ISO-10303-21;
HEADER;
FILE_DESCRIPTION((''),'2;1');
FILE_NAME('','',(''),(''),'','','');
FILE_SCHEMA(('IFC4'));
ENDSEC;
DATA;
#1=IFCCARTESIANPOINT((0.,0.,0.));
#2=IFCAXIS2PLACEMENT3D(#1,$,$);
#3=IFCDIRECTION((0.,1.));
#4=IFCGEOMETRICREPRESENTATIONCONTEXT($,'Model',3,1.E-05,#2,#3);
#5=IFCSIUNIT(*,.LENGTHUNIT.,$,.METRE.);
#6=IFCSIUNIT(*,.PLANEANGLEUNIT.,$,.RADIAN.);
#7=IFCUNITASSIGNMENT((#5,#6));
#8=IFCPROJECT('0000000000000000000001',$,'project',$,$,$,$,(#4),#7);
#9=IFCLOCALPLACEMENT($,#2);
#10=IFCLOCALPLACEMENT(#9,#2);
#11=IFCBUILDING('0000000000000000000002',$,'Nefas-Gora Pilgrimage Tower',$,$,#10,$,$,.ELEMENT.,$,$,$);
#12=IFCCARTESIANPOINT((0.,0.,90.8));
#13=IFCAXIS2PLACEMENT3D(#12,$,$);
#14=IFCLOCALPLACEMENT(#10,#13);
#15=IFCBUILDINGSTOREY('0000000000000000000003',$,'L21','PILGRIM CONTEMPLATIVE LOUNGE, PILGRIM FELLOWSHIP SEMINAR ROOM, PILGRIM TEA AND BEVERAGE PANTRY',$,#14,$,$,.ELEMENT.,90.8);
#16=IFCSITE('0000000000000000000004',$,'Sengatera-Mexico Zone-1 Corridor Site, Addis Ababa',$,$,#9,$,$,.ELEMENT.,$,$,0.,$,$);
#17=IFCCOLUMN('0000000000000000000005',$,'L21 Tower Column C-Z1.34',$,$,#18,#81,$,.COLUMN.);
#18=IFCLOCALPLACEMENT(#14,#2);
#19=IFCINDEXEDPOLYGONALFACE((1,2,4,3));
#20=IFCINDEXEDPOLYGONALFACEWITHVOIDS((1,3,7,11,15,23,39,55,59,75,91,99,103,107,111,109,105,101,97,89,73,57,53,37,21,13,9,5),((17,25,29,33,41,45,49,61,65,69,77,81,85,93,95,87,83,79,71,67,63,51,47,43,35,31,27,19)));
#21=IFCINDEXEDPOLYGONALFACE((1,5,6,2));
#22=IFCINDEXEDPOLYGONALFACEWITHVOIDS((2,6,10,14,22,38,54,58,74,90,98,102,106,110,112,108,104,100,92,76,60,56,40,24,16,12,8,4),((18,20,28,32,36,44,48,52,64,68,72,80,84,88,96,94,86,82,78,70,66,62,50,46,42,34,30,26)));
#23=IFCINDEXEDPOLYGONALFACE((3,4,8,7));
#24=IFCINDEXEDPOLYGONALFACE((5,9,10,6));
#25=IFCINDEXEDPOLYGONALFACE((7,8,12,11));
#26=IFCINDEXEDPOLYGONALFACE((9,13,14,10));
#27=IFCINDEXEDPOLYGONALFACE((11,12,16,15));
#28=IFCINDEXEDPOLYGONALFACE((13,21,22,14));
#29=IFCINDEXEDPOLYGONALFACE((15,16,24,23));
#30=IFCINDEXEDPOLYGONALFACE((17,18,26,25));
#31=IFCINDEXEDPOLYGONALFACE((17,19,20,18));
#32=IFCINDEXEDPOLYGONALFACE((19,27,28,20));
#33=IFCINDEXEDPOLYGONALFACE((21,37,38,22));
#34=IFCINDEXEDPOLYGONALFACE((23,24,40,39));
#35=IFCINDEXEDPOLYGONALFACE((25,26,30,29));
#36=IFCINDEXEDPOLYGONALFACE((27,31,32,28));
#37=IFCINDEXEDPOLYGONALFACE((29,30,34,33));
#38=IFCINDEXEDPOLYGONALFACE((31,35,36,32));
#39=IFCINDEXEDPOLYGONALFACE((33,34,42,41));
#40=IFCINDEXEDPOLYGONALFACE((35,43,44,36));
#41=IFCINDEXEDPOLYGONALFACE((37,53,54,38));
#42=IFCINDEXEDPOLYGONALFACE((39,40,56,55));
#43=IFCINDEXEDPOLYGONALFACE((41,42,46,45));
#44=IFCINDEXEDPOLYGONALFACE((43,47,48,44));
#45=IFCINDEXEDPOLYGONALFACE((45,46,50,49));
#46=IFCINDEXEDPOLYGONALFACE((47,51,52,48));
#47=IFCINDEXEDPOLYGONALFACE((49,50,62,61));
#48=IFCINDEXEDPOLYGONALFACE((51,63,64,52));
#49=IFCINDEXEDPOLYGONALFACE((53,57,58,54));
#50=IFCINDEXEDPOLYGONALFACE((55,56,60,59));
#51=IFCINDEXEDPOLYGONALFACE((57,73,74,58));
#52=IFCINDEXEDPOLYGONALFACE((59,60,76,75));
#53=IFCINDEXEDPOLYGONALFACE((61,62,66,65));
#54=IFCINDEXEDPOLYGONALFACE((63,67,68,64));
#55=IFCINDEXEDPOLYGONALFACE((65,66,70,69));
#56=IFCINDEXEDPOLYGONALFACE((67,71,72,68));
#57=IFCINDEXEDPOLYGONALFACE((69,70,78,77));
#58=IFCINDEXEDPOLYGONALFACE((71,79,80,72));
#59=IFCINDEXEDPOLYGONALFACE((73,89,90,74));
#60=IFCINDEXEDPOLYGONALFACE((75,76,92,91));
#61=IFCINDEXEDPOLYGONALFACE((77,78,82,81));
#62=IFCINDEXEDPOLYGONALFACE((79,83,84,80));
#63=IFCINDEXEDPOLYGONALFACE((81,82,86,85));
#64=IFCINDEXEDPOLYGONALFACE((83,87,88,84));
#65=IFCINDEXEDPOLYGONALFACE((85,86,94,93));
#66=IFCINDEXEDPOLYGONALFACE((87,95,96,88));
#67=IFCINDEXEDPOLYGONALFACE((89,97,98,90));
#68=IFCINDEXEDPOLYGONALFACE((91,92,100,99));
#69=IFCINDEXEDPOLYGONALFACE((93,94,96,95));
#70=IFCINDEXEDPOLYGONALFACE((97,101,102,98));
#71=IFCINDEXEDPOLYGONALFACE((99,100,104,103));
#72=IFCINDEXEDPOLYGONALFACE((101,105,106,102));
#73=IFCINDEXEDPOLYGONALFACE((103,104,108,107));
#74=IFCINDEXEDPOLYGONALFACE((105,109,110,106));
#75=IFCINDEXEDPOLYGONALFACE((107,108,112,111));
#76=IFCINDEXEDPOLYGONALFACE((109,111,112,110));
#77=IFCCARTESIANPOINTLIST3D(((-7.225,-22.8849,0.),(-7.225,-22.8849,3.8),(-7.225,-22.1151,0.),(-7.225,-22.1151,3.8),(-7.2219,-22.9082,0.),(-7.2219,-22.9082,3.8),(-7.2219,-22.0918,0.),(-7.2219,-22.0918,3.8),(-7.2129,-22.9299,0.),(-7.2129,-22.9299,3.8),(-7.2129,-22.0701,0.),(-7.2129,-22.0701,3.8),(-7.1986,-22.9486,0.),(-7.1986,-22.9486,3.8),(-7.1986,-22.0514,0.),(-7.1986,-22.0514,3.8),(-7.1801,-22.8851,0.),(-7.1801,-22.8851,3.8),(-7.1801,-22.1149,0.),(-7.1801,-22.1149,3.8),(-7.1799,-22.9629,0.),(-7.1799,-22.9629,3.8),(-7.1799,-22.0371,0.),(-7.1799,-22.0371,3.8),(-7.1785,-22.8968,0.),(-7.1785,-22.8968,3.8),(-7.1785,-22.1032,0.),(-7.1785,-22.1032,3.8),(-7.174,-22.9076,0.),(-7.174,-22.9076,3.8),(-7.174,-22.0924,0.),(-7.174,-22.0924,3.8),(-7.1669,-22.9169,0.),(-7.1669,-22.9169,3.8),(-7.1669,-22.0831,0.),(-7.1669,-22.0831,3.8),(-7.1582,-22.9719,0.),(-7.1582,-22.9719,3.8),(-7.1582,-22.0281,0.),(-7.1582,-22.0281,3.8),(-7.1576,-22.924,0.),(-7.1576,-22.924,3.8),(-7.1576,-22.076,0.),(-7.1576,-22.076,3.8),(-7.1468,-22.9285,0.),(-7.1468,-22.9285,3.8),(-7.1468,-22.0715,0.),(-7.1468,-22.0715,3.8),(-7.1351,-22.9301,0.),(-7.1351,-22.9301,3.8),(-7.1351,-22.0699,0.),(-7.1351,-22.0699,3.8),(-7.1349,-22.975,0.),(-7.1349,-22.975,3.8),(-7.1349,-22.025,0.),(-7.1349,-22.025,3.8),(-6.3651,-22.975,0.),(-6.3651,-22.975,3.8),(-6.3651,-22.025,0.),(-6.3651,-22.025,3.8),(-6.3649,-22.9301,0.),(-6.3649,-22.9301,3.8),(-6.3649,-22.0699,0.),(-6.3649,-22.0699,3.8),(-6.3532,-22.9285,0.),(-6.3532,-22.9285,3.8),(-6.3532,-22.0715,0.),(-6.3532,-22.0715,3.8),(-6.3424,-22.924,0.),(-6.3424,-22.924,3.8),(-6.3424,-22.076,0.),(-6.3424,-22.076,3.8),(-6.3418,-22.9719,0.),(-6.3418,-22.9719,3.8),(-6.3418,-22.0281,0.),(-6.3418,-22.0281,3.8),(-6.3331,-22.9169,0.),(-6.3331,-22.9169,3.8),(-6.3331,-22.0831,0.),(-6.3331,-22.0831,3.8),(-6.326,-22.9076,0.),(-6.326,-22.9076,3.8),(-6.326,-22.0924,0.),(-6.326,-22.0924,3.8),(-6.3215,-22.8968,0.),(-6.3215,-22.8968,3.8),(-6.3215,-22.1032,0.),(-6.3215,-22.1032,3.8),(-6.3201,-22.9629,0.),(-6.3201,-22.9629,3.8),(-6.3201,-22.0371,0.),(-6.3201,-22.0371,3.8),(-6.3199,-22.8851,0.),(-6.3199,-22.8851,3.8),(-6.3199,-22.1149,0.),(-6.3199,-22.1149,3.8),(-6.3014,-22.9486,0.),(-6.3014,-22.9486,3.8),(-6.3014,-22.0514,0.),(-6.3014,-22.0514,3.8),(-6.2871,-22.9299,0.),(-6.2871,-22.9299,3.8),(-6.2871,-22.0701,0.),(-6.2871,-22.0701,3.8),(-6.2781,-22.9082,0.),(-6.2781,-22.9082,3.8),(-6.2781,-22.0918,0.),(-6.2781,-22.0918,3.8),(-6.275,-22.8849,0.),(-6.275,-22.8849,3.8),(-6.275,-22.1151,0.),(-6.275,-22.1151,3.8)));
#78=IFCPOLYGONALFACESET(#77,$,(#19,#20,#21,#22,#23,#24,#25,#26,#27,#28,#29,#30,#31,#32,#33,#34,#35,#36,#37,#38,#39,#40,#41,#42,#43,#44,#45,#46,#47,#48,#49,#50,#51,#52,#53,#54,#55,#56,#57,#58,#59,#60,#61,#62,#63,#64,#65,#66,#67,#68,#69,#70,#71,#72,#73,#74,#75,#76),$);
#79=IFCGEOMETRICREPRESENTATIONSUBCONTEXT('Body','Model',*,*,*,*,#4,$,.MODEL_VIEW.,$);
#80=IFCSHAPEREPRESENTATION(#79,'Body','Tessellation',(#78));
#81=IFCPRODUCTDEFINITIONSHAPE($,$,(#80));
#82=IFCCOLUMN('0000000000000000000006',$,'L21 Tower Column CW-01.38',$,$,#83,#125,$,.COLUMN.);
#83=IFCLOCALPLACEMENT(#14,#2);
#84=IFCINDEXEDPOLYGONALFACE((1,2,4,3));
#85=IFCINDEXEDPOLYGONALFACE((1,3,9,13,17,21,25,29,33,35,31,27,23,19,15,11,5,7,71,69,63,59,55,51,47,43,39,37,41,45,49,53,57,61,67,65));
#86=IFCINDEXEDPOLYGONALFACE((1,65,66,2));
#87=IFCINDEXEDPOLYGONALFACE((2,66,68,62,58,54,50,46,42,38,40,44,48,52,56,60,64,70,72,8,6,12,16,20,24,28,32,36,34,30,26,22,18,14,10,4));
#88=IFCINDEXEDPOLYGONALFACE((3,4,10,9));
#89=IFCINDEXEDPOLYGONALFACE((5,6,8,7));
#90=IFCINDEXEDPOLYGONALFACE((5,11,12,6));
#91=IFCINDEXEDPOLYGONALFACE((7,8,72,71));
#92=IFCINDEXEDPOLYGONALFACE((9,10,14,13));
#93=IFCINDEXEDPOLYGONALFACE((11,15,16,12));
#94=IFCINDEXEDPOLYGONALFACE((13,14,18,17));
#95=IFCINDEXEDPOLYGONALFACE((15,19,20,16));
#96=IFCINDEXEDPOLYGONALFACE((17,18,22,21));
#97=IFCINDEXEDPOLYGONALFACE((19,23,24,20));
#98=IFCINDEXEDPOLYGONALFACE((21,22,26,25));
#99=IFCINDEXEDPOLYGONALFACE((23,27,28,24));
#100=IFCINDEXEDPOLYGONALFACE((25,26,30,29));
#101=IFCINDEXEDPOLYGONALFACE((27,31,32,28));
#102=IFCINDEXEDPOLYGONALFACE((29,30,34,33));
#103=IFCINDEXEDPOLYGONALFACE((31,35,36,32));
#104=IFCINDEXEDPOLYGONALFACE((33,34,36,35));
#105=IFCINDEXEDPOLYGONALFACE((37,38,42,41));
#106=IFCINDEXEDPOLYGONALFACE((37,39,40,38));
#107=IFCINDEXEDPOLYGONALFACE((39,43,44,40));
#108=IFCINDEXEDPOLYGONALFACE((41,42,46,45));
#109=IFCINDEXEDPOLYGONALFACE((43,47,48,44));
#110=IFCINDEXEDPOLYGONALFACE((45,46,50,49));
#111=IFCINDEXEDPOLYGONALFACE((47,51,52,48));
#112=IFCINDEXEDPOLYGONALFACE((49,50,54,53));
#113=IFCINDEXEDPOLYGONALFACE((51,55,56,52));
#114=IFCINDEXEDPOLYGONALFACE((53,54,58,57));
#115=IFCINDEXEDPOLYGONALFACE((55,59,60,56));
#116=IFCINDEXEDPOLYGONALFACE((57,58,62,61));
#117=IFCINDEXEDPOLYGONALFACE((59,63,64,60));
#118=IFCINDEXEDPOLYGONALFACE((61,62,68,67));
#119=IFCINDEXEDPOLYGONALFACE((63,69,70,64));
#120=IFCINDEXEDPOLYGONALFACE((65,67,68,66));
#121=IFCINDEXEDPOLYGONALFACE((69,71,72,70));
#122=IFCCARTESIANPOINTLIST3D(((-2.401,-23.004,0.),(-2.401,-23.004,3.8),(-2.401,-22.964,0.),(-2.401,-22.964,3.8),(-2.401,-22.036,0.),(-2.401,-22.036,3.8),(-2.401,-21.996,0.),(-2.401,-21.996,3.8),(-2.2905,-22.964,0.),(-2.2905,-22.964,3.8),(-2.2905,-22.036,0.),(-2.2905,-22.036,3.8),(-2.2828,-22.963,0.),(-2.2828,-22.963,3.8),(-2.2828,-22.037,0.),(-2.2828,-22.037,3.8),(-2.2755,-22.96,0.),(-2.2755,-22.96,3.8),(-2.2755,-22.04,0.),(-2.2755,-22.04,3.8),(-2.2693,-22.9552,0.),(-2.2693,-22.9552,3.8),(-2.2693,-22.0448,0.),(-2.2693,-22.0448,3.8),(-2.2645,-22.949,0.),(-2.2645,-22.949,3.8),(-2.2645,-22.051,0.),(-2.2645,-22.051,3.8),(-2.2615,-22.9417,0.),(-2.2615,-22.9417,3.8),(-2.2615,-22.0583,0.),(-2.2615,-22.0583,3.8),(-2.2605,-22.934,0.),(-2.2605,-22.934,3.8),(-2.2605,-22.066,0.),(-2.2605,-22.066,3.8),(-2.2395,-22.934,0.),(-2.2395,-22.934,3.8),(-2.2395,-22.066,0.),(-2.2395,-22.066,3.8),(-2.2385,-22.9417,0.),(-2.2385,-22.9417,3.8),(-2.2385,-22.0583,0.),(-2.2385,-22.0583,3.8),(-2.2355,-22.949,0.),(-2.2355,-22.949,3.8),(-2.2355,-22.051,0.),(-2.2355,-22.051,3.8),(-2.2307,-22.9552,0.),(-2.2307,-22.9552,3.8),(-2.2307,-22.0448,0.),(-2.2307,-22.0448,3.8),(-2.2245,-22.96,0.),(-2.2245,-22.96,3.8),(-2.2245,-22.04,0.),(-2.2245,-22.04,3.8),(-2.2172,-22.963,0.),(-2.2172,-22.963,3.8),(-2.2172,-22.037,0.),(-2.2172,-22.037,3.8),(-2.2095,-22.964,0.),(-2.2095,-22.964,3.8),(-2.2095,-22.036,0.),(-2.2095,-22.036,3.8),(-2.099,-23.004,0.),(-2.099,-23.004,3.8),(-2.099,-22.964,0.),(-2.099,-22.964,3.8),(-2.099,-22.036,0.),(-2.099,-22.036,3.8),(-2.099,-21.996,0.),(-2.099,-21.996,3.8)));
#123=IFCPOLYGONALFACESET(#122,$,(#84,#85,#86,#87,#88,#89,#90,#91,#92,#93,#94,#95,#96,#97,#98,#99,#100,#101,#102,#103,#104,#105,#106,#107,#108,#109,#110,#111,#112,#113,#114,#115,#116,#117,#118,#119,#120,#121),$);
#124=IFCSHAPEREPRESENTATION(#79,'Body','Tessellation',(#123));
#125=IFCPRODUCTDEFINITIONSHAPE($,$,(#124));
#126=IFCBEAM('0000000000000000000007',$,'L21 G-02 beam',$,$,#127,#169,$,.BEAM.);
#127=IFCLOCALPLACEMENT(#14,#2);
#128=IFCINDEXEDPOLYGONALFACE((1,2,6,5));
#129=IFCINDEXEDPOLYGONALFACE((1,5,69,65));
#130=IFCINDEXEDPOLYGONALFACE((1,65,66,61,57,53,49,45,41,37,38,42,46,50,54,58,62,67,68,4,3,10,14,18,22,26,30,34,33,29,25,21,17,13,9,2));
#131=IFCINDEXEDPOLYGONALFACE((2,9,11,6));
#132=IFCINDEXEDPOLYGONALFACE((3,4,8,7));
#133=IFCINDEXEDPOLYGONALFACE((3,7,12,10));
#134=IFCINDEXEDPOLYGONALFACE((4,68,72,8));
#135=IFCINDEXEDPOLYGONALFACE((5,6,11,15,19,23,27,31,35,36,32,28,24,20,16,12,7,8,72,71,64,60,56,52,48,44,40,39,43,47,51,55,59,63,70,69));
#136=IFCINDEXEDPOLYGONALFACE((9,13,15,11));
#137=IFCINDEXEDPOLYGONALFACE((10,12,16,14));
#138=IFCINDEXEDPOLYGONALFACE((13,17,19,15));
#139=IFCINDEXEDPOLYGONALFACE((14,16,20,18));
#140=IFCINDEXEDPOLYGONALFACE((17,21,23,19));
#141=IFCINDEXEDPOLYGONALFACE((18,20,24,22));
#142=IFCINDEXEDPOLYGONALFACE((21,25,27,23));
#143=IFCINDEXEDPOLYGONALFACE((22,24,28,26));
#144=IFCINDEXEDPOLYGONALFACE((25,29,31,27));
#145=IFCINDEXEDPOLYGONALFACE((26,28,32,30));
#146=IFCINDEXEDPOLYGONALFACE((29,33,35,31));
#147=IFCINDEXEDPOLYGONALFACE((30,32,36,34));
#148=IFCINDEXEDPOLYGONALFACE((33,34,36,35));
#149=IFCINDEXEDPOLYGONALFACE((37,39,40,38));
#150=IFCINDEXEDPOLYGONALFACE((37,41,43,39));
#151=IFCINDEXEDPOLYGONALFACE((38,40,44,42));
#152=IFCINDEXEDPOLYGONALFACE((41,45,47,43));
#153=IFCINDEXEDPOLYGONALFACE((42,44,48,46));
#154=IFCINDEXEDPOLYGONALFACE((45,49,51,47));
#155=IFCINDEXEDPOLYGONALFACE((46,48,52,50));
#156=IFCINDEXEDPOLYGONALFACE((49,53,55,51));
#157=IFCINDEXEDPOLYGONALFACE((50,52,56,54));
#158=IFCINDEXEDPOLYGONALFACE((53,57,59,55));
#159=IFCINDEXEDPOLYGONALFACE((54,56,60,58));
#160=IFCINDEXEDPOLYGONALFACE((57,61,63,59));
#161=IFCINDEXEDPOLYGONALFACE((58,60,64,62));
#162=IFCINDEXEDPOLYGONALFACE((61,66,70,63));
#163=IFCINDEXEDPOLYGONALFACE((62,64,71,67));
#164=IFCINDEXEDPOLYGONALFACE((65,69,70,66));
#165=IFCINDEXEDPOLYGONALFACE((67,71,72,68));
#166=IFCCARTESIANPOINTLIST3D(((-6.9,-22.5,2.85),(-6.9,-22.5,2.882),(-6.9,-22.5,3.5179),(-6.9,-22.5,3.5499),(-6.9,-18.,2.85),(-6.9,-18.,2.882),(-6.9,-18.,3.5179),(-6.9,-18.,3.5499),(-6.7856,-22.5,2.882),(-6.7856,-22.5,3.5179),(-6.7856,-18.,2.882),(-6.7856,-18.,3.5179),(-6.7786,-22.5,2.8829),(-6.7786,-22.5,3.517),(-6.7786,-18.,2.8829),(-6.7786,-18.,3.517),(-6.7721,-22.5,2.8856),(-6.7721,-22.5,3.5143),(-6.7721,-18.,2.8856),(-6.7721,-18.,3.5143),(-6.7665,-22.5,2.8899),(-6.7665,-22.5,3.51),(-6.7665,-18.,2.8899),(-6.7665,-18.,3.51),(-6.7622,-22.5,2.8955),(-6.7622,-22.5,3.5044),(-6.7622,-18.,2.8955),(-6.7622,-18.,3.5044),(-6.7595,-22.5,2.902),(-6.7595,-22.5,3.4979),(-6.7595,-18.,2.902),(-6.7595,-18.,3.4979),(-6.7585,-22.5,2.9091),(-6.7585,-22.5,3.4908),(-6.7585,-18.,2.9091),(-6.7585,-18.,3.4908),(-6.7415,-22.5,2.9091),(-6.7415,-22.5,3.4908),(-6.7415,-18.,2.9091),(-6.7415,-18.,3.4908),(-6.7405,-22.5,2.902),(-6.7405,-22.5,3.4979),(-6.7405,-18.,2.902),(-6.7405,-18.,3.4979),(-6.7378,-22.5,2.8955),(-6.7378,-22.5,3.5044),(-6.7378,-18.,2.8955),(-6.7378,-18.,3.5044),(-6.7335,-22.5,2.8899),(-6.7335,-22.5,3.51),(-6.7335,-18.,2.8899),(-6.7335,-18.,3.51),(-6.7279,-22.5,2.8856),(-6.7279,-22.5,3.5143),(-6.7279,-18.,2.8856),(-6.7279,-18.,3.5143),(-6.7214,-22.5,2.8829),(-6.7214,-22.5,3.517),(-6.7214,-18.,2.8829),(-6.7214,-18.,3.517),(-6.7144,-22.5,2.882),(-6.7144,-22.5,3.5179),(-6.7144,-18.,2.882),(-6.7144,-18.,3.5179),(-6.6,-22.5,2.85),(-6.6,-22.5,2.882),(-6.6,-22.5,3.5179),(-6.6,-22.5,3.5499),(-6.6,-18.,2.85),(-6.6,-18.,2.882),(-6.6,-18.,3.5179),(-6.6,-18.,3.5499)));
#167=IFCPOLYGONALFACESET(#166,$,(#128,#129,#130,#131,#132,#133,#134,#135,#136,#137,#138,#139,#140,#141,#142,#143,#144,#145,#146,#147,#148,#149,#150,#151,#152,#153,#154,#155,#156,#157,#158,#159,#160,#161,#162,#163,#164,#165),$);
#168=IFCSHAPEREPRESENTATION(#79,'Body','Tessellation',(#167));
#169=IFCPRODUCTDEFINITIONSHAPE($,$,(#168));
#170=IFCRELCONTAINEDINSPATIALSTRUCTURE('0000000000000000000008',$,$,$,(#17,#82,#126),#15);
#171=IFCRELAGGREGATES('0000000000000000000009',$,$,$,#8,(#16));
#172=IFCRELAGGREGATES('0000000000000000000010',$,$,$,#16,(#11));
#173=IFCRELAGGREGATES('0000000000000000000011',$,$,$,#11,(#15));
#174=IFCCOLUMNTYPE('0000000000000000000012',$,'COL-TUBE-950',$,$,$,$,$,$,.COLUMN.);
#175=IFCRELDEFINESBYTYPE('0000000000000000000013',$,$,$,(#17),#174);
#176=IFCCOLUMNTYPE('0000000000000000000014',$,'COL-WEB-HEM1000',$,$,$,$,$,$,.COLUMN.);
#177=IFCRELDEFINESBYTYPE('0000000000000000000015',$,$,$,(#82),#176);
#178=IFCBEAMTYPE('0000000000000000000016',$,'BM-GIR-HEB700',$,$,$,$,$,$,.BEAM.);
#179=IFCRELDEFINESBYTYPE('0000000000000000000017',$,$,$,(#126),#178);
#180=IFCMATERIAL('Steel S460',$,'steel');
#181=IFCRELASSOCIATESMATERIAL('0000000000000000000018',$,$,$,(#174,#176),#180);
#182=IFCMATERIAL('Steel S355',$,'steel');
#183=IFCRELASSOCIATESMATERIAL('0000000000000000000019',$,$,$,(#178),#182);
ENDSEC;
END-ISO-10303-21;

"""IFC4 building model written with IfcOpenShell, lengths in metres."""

from ifc_helpers import new_model, si_unit, direction, frame, origin, origin_2d, place, context, subcontext, project, spatial, hollow_rectangle, i_section, extrude, source, transform, mapped, material, material_profile, profile_set, type_object, element, save


model = new_model("IFC4")

# Units and contexts
model_context = context("Model", 3, precision=1e-05, world=origin(), true_north=direction((0.0, 1.0)))
body_context = subcontext(model_context, "Body", "Model", "MODEL_VIEW")
ifc_project = project(units=[si_unit("LENGTHUNIT", "METRE"), si_unit("PLANEANGLEUNIT", "RADIAN")], contexts=[model_context])

# Site, building, storey
site_placement = place(None, origin())
site = spatial("IfcSite", under=ifc_project, at=site_placement, Name="Sengatera-Mexico Zone-1 Corridor Site, Addis Ababa", CompositionType="ELEMENT", RefElevation=0.0)
building_placement = place(site_placement, origin())
building = spatial("IfcBuilding", under=site, at=building_placement, Name="Nefas-Gora Pilgrimage Tower", CompositionType="ELEMENT")
storey_placement = place(building_placement, frame((0.0, 0.0, 90.8)))
storey = spatial("IfcBuildingStorey", under=building, at=storey_placement, Name="L21", Description="PILGRIM CONTEMPLATIVE LOUNGE, PILGRIM FELLOWSHIP SEMINAR ROOM, PILGRIM TEA AND BEVERAGE PANTRY", CompositionType="ELEMENT", Elevation=90.8)

# Columns
ifc_material_1 = material(Name="Steel S460", Category="steel")
ifc_material_profile_1 = material_profile(ifc_material_1, hollow_rectangle(XDim=0.95, YDim=0.95, WallThickness=0.0449, InnerFilletRadius=0.0449, OuterFilletRadius=0.0901, at=origin_2d()), Name="BOX 950x950x45")
ifc_profile_set_1 = profile_set([ifc_material_profile_1], Name="Steel S460")
column_type_1 = type_object("IfcColumnType", Name="COL-TUBE-950", PredefinedType="COLUMN", material=ifc_profile_set_1)
shared_shape_1 = source(origin(), body_context, "Body", "SweptSolid", [
    extrude(hollow_rectangle(XDim=0.95, YDim=0.95, WallThickness=0.0449, InnerFilletRadius=0.0449, OuterFilletRadius=0.0901, at=origin_2d()), origin(), (0.0, 0.0, 1.0), 3.8),
])
column_1_placement = place(storey_placement, frame((-6.75, -22.5, 0.0), z_axis=(0.0, 0.0, 1.0), x_axis=(1.0, 0.0, 0.0)))
element("IfcColumn", 1, at=column_1_placement, inside=storey, type_object=column_type_1, Name="L21 Tower Column C-Z1.34", PredefinedType="COLUMN", context=body_context, shape_type="MappedRepresentation", body=[
    mapped(shared_shape_1, transform((0.0, 0.0, 0.0), x_axis=(1.0, 0.0, 0.0), y_axis=(0.0, 1.0, 0.0), z_axis=(0.0, 0.0, 1.0), scale=1.0)),
])
ifc_material_profile_2 = material_profile(ifc_material_1, i_section(OverallWidth=0.302, OverallDepth=1.0081, WebThickness=0.021, FlangeThickness=0.04, FilletRadius=0.03, at=origin_2d()), Name="HEM 1000")
ifc_profile_set_2 = profile_set([ifc_material_profile_2], Name="Steel S460")
column_type_2 = type_object("IfcColumnType", Name="COL-WEB-HEM1000", PredefinedType="COLUMN", material=ifc_profile_set_2)
shared_shape_2 = source(origin(), body_context, "Body", "SweptSolid", [
    extrude(i_section(OverallWidth=0.302, OverallDepth=1.0081, WebThickness=0.021, FlangeThickness=0.04, FilletRadius=0.03, at=origin_2d()), origin(), (0.0, 0.0, 1.0), 3.8),
])
column_2_placement = place(storey_placement, frame((-2.25, -22.5, 0.0), z_axis=(0.0, 0.0, 1.0), x_axis=(1.0, 0.0, 0.0)))
element("IfcColumn", 2, at=column_2_placement, inside=storey, type_object=column_type_2, Name="L21 Tower Column CW-01.38", PredefinedType="COLUMN", context=body_context, shape_type="MappedRepresentation", body=[
    mapped(shared_shape_2, transform((0.0, 0.0, 0.0), x_axis=(1.0, 0.0, 0.0), y_axis=(0.0, 1.0, 0.0), z_axis=(0.0, 0.0, 1.0), scale=1.0)),
])

# Beam
ifc_material_2 = material(Name="Steel S355", Category="steel")
ifc_material_profile_3 = material_profile(ifc_material_2, i_section(OverallWidth=0.3, OverallDepth=0.7, WebThickness=0.0171, FlangeThickness=0.032, FilletRadius=0.0271, at=origin_2d()), Name="HEB 700")
ifc_profile_set_3 = profile_set([ifc_material_profile_3], Name="Steel S355")
beam_type = type_object("IfcBeamType", Name="BM-GIR-HEB700", PredefinedType="BEAM", material=ifc_profile_set_3)
shared_shape_3 = source(origin(), body_context, "Body", "SweptSolid", [
    extrude(i_section(OverallWidth=0.3, OverallDepth=0.7, WebThickness=0.0171, FlangeThickness=0.032, FilletRadius=0.0271, at=origin_2d()), origin(), (0.0, 0.0, 1.0), 4.5),
])
for number, where, z_axis, x_axis, name in (
    (3, (-6.75, -22.5, 3.2), (0.0, 1.0, 0.0), (-1.0, 0.0, 0.0), "L21 G-02 beam"),
):
    element("IfcBeam", number, at=place(storey_placement, frame(where, z_axis=z_axis, x_axis=x_axis)), inside=storey, type_object=beam_type, Name=name, PredefinedType="BEAM", context=body_context, shape_type="MappedRepresentation", body=[
        mapped(shared_shape_3, transform((0.0, 0.0, 0.0), x_axis=(1.0, 0.0, 0.0), y_axis=(0.0, 1.0, 0.0), z_axis=(0.0, 0.0, 1.0), scale=1.0)),
    ])

save(model, "model.ifc")
